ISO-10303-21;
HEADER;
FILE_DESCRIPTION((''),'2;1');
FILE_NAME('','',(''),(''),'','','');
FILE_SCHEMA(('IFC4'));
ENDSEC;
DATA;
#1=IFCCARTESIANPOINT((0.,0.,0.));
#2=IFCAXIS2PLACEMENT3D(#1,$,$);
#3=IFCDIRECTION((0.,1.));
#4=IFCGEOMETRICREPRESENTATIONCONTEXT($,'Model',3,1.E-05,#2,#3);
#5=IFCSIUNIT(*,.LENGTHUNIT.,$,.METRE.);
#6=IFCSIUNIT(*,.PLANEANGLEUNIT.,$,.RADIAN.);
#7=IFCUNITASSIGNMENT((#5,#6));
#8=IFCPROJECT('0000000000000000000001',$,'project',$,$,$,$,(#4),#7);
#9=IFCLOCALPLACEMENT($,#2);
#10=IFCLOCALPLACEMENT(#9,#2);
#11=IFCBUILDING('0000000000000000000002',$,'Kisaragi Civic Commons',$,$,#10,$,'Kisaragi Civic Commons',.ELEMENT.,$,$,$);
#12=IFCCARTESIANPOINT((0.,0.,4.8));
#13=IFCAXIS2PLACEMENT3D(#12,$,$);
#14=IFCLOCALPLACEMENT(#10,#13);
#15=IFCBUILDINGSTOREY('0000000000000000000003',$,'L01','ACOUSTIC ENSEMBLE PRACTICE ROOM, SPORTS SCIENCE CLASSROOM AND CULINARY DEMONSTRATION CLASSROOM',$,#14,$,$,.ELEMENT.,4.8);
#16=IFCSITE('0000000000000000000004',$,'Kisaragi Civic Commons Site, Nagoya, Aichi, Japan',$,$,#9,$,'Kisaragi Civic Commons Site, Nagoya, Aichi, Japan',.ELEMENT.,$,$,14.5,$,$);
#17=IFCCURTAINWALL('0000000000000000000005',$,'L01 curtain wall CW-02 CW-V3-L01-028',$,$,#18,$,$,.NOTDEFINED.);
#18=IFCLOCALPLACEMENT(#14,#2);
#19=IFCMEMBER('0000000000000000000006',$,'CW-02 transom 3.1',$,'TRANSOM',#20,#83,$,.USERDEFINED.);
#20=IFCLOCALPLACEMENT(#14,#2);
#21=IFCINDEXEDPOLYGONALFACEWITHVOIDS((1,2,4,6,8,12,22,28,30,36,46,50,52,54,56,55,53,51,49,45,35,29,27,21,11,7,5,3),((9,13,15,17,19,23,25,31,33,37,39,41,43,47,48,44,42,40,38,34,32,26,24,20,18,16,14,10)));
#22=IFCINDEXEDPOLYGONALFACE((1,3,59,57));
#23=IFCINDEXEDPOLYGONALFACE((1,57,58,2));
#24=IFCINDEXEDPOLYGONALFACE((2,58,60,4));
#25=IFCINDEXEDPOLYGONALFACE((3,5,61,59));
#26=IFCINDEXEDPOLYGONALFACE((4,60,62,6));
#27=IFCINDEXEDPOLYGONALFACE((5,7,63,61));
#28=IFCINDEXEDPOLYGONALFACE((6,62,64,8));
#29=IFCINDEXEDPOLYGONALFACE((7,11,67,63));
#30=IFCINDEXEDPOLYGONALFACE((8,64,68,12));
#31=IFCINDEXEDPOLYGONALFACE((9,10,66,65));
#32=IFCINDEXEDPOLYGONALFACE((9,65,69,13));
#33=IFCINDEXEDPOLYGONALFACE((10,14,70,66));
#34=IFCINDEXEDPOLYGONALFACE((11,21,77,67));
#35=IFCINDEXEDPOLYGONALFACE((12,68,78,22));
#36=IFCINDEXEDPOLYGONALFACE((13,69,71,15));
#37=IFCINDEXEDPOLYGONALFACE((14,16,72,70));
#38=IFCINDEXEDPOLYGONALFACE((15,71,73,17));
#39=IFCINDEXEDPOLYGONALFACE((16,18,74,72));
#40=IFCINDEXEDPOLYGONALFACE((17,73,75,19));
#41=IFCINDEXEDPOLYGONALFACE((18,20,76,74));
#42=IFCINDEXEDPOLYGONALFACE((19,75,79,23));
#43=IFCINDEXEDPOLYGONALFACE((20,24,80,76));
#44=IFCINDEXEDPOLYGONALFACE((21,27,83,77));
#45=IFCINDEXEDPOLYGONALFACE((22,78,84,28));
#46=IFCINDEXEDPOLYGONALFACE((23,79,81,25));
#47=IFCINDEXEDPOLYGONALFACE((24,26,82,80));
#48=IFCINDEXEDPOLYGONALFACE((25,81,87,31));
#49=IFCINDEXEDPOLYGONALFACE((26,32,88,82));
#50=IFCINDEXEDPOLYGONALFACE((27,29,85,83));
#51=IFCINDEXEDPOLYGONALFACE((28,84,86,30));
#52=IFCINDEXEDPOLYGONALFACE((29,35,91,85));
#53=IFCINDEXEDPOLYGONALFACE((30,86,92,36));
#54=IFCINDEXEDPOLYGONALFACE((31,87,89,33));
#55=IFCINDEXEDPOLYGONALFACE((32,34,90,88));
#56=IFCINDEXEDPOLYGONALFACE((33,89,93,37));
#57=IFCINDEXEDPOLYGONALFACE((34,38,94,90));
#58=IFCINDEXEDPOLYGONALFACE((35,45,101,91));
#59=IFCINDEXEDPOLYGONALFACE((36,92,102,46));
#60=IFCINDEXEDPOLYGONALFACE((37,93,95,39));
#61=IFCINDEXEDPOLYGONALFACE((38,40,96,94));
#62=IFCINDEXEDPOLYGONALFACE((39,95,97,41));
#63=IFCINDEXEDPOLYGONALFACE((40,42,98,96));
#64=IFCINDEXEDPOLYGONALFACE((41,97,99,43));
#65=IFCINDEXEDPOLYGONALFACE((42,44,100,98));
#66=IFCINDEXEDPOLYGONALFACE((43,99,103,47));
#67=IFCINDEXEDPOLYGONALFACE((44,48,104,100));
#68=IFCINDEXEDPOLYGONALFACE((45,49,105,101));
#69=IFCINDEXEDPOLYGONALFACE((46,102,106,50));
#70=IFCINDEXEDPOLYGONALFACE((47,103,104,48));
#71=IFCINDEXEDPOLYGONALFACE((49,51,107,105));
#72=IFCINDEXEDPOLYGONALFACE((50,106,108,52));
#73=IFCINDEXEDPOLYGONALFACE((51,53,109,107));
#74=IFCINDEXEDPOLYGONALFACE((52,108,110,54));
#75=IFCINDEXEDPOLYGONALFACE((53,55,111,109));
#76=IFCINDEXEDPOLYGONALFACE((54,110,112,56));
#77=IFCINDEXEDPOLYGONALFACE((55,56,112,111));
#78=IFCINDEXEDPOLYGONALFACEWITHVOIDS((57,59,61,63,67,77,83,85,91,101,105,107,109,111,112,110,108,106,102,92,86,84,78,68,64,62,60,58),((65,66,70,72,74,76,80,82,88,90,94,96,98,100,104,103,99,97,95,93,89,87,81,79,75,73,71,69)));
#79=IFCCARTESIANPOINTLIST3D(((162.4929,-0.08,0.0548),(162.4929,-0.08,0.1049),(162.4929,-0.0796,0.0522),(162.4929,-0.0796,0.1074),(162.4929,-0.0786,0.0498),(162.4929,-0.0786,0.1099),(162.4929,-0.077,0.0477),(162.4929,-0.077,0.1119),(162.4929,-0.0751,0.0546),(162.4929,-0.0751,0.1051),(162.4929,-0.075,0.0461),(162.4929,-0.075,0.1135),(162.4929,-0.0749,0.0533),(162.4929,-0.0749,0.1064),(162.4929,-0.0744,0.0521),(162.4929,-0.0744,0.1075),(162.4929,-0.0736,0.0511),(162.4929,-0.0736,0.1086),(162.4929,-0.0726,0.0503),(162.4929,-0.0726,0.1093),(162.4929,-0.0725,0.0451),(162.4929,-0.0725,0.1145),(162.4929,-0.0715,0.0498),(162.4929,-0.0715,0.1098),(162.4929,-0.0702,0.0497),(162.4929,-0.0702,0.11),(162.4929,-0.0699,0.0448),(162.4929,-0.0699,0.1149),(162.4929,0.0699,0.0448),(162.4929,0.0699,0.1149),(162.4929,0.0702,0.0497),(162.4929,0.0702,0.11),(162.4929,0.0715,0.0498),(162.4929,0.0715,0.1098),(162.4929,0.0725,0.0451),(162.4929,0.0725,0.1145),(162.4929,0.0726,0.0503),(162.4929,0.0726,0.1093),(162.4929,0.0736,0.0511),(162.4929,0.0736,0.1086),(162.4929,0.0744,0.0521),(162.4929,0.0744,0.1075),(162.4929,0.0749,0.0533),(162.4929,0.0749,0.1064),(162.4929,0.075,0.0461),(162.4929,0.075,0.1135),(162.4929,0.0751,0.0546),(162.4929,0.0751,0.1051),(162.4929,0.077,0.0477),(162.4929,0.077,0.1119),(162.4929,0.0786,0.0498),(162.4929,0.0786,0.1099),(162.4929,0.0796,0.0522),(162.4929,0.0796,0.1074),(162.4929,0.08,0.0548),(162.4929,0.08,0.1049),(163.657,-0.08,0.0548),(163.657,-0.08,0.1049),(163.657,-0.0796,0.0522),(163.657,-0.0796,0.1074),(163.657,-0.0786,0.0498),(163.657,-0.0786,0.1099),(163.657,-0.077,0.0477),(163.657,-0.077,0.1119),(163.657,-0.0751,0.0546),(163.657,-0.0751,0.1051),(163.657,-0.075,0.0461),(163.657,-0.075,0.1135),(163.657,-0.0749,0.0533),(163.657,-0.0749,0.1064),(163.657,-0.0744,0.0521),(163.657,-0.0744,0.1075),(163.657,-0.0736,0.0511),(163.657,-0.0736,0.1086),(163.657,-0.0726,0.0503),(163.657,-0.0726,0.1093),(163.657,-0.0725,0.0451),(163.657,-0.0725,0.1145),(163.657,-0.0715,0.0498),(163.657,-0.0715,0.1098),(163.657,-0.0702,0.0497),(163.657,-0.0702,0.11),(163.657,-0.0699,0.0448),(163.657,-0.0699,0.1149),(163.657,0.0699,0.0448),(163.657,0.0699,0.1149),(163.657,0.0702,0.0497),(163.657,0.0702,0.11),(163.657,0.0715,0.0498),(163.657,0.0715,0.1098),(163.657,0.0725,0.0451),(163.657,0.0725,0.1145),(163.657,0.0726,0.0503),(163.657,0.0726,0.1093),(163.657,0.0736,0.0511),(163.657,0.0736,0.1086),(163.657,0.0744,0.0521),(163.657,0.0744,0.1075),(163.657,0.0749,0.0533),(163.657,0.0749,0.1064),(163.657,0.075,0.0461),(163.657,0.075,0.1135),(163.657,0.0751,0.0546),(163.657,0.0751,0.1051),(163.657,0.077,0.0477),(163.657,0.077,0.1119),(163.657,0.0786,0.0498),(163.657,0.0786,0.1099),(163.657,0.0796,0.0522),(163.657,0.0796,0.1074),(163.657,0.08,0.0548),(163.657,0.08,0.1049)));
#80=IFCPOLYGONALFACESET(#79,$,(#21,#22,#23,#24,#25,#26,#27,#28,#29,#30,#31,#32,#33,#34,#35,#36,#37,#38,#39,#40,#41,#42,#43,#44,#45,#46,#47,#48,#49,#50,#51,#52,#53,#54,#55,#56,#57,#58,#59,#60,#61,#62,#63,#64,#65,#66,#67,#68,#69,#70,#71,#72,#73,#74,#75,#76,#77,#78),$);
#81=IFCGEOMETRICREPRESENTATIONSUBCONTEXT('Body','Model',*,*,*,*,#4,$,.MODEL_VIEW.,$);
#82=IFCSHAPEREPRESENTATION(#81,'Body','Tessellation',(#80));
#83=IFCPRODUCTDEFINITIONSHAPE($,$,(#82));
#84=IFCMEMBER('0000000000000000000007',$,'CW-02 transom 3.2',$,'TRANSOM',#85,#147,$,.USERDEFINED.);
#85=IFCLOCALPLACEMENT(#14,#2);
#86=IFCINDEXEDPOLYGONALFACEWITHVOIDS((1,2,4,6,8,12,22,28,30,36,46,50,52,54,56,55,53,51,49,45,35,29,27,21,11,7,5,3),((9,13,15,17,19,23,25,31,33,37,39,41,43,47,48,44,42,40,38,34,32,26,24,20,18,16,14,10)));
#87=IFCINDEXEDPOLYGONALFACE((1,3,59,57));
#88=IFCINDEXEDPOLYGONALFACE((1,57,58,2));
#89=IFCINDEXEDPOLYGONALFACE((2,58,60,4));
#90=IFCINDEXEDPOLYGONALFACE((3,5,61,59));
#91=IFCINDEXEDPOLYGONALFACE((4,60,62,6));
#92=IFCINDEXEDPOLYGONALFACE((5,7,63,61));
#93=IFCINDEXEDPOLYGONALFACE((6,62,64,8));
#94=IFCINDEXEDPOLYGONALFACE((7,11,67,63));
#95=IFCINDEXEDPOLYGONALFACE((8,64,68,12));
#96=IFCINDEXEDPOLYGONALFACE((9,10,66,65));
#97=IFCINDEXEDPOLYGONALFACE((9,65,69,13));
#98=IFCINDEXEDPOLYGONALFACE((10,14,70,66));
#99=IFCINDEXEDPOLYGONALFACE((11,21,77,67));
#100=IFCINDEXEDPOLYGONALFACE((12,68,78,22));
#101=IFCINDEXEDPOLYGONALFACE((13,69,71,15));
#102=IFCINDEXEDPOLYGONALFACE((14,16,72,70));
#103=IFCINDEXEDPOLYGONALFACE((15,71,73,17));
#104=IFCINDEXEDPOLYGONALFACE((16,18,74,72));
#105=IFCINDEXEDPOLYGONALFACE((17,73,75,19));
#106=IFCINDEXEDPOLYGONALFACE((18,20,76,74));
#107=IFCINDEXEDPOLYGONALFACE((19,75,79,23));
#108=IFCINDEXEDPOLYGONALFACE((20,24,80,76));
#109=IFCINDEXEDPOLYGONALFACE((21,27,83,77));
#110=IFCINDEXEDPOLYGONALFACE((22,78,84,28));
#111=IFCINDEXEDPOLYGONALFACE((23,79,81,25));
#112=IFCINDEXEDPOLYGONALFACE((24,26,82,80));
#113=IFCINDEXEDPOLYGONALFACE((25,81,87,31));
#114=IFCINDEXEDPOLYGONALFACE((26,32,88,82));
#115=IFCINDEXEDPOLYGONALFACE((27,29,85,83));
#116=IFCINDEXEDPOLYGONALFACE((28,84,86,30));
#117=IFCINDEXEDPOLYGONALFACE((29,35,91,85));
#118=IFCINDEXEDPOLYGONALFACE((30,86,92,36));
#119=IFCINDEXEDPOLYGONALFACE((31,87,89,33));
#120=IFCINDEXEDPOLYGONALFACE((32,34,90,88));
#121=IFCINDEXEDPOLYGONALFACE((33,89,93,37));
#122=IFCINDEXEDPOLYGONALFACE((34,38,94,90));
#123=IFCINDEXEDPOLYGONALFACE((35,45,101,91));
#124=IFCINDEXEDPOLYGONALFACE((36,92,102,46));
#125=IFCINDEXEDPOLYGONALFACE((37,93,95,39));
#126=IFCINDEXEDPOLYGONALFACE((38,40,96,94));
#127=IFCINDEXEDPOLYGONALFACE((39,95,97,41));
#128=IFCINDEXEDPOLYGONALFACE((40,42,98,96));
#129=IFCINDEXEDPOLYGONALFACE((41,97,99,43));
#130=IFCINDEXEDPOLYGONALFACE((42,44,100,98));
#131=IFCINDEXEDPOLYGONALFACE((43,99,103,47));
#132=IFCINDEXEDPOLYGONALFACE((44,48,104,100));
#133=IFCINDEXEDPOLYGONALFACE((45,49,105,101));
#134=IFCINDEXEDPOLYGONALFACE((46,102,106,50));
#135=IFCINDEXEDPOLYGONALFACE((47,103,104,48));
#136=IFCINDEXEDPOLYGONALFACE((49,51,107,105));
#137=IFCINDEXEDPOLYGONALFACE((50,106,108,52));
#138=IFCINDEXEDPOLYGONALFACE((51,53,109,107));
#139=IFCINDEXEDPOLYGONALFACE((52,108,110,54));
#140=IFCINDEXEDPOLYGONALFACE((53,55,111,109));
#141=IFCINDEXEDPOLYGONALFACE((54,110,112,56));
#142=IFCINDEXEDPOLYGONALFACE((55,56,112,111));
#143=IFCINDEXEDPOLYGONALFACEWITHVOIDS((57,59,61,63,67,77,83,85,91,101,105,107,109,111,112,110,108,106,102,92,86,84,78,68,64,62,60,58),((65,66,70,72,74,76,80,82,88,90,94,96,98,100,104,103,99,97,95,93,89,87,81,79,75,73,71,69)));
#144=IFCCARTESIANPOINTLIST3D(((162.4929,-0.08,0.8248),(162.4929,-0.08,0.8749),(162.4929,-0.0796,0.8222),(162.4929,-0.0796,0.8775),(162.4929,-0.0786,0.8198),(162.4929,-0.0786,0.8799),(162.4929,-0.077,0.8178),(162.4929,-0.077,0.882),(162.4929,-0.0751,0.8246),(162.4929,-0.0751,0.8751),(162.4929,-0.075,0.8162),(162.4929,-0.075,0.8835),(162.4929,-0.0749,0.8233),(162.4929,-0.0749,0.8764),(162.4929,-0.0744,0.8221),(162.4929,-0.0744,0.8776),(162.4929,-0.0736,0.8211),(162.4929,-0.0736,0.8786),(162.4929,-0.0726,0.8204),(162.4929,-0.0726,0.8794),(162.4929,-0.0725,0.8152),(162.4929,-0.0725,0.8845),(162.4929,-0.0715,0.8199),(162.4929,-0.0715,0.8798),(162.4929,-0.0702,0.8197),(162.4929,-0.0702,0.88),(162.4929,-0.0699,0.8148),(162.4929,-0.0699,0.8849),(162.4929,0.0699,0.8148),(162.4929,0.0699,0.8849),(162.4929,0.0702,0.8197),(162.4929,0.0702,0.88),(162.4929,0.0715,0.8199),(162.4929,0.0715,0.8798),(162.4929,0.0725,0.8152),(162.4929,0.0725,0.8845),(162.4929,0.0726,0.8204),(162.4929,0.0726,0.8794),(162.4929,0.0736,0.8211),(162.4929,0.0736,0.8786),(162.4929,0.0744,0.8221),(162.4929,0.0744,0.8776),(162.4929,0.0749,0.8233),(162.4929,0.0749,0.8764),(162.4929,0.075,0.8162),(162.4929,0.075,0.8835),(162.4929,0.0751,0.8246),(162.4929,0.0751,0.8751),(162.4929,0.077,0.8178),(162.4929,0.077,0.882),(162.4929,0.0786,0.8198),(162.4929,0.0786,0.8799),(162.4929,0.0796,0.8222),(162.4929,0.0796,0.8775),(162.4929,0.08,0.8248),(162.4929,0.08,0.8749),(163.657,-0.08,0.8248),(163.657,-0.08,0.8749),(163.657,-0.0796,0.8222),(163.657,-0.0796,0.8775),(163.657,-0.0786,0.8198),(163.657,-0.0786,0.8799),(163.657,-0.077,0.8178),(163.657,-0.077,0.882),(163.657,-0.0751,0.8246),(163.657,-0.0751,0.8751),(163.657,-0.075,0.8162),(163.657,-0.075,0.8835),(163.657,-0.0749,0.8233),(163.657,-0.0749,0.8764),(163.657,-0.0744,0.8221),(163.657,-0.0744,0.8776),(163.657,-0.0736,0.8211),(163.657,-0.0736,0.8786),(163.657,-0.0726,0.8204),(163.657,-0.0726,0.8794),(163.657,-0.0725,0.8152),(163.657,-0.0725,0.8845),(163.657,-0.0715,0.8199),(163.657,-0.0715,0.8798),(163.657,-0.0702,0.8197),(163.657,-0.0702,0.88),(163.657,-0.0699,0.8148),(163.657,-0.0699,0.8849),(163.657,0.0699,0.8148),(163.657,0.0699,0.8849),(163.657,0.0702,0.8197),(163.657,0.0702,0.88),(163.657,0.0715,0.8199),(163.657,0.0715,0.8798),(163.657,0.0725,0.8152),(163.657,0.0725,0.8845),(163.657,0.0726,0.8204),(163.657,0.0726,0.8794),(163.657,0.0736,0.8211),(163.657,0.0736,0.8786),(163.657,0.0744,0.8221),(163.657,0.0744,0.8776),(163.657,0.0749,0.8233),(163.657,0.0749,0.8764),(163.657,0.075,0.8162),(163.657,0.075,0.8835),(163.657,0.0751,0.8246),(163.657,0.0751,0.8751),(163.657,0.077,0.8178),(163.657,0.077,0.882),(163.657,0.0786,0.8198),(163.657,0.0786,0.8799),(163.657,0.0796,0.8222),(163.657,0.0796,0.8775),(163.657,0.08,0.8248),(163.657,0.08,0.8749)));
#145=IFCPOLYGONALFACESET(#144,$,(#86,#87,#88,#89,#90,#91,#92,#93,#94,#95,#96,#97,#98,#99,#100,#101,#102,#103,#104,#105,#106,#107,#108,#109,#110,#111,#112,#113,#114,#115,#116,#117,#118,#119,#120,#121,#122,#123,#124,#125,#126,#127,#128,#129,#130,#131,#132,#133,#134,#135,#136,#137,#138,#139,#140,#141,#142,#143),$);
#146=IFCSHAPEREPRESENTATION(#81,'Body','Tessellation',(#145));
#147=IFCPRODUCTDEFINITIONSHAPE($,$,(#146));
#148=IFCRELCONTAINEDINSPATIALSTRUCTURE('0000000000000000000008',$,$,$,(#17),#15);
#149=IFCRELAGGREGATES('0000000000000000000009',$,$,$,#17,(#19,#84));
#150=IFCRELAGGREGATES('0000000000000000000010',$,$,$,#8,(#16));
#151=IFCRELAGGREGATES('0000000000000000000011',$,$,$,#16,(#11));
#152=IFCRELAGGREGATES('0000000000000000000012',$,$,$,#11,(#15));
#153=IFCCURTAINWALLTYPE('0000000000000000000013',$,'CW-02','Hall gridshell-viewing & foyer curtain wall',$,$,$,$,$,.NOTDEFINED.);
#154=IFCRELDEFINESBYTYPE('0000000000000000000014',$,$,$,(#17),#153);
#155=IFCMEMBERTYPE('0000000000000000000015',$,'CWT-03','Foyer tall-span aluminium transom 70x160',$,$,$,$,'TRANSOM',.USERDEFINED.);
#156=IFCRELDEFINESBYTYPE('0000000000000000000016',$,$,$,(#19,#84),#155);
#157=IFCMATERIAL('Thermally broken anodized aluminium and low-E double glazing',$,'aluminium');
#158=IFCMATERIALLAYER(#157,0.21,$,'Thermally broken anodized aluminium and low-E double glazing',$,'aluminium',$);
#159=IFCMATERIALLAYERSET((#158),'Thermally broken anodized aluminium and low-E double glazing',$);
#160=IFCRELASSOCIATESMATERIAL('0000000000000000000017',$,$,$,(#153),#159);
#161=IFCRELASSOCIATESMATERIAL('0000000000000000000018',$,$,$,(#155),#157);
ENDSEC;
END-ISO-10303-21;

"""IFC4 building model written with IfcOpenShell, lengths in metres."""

from ifc_helpers import new_model, si_unit, direction, frame, origin, origin_2d, place, context, subcontext, project, spatial, hollow_rectangle, extrude, material, layer, layer_set, material_profile, profile_set, type_object, element, aggregate, save


model = new_model("IFC4")

# Units and contexts
model_context = context("Model", 3, precision=1e-05, world=origin(), true_north=direction((0.0, 1.0)))
body_context = subcontext(model_context, "Body", "Model", "MODEL_VIEW")
ifc_project = project(units=[si_unit("LENGTHUNIT", "METRE"), si_unit("PLANEANGLEUNIT", "RADIAN")], contexts=[model_context])

# Site, building, storey
site_placement = place(None, origin())
site = spatial("IfcSite", under=ifc_project, at=site_placement, Name="Kisaragi Civic Commons Site, Nagoya, Aichi, Japan", LongName="Kisaragi Civic Commons Site, Nagoya, Aichi, Japan", CompositionType="ELEMENT", RefElevation=14.5)
building_placement = place(site_placement, origin())
building = spatial("IfcBuilding", under=site, at=building_placement, Name="Kisaragi Civic Commons", LongName="Kisaragi Civic Commons", CompositionType="ELEMENT")
storey_placement = place(building_placement, frame((0.0, 0.0, 4.8)))
storey = spatial("IfcBuildingStorey", under=building, at=storey_placement, Name="L01", Description="ACOUSTIC ENSEMBLE PRACTICE ROOM, SPORTS SCIENCE CLASSROOM AND CULINARY DEMONSTRATION CLASSROOM", CompositionType="ELEMENT", Elevation=4.8)

# Curtain wall, members
ifc_material_1 = material(Name="Thermally broken anodized aluminium and low-E double glazing", Category="aluminium")
ifc_layer_1 = layer(ifc_material_1, 0.21, Name="Thermally broken anodized aluminium and low-E double glazing", Category="aluminium")
ifc_layer_set_1 = layer_set([ifc_layer_1], Name="Thermally broken anodized aluminium and low-E double glazing")
curtain_wall_type = type_object("IfcCurtainWallType", Name="CW-02", Description="Hall gridshell-viewing & foyer curtain wall", PredefinedType="NOTDEFINED", material=ifc_layer_set_1)
curtain_wall_placement = place(storey_placement, origin())
curtain_wall = element("IfcCurtainWall", 1, at=curtain_wall_placement, inside=storey, type_object=curtain_wall_type, Name="L01 curtain wall CW-02 CW-V3-L01-028", PredefinedType="NOTDEFINED")
ifc_material_profile_1 = material_profile(ifc_material_1, hollow_rectangle(XDim=0.1599, YDim=0.0701, WallThickness=0.0049, InnerFilletRadius=0.0049, OuterFilletRadius=0.01, at=origin_2d()), Name="CWT-70x160x5", Category="aluminium")
ifc_profile_set_1 = profile_set([ifc_material_profile_1], Name="Thermally broken anodized aluminium and low-E double glazing")
member_type_1 = type_object("IfcMemberType", Name="CWT-03", Description="Foyer tall-span aluminium transom 70x160", ElementType="TRANSOM", PredefinedType="USERDEFINED", material=ifc_profile_set_1)
member_1_placement = place(storey_placement, frame((163.657, 0.0, 0.0798), z_axis=(-1.0, 0.0, 0.0), x_axis=(0.0, -1.0, 0.0)))
member_1 = element("IfcMember", 2, at=member_1_placement, type_object=member_type_1, Name="CW-02 transom 3.1", ObjectType="TRANSOM", PredefinedType="USERDEFINED", context=body_context, shape_type="SweptSolid", body=[
    extrude(hollow_rectangle(XDim=0.1599, YDim=0.0701, WallThickness=0.0049, InnerFilletRadius=0.0049, OuterFilletRadius=0.01, at=origin_2d()), origin(), (0.0, 0.0, 1.0), 1.1641),
])
member_2_placement = place(storey_placement, frame((163.657, 0.0, 0.8499), z_axis=(-1.0, 0.0, 0.0), x_axis=(0.0, -1.0, 0.0)))
member_2 = element("IfcMember", 3, at=member_2_placement, type_object=member_type_1, Name="CW-02 transom 3.2", ObjectType="TRANSOM", PredefinedType="USERDEFINED", context=body_context, shape_type="SweptSolid", body=[
    extrude(hollow_rectangle(XDim=0.1599, YDim=0.0701, WallThickness=0.0049, InnerFilletRadius=0.0049, OuterFilletRadius=0.01, at=origin_2d()), origin(), (0.0, 0.0, 1.0), 1.1641),
])
aggregate(curtain_wall, [member_1, member_2])

save(model, "model.ifc")
